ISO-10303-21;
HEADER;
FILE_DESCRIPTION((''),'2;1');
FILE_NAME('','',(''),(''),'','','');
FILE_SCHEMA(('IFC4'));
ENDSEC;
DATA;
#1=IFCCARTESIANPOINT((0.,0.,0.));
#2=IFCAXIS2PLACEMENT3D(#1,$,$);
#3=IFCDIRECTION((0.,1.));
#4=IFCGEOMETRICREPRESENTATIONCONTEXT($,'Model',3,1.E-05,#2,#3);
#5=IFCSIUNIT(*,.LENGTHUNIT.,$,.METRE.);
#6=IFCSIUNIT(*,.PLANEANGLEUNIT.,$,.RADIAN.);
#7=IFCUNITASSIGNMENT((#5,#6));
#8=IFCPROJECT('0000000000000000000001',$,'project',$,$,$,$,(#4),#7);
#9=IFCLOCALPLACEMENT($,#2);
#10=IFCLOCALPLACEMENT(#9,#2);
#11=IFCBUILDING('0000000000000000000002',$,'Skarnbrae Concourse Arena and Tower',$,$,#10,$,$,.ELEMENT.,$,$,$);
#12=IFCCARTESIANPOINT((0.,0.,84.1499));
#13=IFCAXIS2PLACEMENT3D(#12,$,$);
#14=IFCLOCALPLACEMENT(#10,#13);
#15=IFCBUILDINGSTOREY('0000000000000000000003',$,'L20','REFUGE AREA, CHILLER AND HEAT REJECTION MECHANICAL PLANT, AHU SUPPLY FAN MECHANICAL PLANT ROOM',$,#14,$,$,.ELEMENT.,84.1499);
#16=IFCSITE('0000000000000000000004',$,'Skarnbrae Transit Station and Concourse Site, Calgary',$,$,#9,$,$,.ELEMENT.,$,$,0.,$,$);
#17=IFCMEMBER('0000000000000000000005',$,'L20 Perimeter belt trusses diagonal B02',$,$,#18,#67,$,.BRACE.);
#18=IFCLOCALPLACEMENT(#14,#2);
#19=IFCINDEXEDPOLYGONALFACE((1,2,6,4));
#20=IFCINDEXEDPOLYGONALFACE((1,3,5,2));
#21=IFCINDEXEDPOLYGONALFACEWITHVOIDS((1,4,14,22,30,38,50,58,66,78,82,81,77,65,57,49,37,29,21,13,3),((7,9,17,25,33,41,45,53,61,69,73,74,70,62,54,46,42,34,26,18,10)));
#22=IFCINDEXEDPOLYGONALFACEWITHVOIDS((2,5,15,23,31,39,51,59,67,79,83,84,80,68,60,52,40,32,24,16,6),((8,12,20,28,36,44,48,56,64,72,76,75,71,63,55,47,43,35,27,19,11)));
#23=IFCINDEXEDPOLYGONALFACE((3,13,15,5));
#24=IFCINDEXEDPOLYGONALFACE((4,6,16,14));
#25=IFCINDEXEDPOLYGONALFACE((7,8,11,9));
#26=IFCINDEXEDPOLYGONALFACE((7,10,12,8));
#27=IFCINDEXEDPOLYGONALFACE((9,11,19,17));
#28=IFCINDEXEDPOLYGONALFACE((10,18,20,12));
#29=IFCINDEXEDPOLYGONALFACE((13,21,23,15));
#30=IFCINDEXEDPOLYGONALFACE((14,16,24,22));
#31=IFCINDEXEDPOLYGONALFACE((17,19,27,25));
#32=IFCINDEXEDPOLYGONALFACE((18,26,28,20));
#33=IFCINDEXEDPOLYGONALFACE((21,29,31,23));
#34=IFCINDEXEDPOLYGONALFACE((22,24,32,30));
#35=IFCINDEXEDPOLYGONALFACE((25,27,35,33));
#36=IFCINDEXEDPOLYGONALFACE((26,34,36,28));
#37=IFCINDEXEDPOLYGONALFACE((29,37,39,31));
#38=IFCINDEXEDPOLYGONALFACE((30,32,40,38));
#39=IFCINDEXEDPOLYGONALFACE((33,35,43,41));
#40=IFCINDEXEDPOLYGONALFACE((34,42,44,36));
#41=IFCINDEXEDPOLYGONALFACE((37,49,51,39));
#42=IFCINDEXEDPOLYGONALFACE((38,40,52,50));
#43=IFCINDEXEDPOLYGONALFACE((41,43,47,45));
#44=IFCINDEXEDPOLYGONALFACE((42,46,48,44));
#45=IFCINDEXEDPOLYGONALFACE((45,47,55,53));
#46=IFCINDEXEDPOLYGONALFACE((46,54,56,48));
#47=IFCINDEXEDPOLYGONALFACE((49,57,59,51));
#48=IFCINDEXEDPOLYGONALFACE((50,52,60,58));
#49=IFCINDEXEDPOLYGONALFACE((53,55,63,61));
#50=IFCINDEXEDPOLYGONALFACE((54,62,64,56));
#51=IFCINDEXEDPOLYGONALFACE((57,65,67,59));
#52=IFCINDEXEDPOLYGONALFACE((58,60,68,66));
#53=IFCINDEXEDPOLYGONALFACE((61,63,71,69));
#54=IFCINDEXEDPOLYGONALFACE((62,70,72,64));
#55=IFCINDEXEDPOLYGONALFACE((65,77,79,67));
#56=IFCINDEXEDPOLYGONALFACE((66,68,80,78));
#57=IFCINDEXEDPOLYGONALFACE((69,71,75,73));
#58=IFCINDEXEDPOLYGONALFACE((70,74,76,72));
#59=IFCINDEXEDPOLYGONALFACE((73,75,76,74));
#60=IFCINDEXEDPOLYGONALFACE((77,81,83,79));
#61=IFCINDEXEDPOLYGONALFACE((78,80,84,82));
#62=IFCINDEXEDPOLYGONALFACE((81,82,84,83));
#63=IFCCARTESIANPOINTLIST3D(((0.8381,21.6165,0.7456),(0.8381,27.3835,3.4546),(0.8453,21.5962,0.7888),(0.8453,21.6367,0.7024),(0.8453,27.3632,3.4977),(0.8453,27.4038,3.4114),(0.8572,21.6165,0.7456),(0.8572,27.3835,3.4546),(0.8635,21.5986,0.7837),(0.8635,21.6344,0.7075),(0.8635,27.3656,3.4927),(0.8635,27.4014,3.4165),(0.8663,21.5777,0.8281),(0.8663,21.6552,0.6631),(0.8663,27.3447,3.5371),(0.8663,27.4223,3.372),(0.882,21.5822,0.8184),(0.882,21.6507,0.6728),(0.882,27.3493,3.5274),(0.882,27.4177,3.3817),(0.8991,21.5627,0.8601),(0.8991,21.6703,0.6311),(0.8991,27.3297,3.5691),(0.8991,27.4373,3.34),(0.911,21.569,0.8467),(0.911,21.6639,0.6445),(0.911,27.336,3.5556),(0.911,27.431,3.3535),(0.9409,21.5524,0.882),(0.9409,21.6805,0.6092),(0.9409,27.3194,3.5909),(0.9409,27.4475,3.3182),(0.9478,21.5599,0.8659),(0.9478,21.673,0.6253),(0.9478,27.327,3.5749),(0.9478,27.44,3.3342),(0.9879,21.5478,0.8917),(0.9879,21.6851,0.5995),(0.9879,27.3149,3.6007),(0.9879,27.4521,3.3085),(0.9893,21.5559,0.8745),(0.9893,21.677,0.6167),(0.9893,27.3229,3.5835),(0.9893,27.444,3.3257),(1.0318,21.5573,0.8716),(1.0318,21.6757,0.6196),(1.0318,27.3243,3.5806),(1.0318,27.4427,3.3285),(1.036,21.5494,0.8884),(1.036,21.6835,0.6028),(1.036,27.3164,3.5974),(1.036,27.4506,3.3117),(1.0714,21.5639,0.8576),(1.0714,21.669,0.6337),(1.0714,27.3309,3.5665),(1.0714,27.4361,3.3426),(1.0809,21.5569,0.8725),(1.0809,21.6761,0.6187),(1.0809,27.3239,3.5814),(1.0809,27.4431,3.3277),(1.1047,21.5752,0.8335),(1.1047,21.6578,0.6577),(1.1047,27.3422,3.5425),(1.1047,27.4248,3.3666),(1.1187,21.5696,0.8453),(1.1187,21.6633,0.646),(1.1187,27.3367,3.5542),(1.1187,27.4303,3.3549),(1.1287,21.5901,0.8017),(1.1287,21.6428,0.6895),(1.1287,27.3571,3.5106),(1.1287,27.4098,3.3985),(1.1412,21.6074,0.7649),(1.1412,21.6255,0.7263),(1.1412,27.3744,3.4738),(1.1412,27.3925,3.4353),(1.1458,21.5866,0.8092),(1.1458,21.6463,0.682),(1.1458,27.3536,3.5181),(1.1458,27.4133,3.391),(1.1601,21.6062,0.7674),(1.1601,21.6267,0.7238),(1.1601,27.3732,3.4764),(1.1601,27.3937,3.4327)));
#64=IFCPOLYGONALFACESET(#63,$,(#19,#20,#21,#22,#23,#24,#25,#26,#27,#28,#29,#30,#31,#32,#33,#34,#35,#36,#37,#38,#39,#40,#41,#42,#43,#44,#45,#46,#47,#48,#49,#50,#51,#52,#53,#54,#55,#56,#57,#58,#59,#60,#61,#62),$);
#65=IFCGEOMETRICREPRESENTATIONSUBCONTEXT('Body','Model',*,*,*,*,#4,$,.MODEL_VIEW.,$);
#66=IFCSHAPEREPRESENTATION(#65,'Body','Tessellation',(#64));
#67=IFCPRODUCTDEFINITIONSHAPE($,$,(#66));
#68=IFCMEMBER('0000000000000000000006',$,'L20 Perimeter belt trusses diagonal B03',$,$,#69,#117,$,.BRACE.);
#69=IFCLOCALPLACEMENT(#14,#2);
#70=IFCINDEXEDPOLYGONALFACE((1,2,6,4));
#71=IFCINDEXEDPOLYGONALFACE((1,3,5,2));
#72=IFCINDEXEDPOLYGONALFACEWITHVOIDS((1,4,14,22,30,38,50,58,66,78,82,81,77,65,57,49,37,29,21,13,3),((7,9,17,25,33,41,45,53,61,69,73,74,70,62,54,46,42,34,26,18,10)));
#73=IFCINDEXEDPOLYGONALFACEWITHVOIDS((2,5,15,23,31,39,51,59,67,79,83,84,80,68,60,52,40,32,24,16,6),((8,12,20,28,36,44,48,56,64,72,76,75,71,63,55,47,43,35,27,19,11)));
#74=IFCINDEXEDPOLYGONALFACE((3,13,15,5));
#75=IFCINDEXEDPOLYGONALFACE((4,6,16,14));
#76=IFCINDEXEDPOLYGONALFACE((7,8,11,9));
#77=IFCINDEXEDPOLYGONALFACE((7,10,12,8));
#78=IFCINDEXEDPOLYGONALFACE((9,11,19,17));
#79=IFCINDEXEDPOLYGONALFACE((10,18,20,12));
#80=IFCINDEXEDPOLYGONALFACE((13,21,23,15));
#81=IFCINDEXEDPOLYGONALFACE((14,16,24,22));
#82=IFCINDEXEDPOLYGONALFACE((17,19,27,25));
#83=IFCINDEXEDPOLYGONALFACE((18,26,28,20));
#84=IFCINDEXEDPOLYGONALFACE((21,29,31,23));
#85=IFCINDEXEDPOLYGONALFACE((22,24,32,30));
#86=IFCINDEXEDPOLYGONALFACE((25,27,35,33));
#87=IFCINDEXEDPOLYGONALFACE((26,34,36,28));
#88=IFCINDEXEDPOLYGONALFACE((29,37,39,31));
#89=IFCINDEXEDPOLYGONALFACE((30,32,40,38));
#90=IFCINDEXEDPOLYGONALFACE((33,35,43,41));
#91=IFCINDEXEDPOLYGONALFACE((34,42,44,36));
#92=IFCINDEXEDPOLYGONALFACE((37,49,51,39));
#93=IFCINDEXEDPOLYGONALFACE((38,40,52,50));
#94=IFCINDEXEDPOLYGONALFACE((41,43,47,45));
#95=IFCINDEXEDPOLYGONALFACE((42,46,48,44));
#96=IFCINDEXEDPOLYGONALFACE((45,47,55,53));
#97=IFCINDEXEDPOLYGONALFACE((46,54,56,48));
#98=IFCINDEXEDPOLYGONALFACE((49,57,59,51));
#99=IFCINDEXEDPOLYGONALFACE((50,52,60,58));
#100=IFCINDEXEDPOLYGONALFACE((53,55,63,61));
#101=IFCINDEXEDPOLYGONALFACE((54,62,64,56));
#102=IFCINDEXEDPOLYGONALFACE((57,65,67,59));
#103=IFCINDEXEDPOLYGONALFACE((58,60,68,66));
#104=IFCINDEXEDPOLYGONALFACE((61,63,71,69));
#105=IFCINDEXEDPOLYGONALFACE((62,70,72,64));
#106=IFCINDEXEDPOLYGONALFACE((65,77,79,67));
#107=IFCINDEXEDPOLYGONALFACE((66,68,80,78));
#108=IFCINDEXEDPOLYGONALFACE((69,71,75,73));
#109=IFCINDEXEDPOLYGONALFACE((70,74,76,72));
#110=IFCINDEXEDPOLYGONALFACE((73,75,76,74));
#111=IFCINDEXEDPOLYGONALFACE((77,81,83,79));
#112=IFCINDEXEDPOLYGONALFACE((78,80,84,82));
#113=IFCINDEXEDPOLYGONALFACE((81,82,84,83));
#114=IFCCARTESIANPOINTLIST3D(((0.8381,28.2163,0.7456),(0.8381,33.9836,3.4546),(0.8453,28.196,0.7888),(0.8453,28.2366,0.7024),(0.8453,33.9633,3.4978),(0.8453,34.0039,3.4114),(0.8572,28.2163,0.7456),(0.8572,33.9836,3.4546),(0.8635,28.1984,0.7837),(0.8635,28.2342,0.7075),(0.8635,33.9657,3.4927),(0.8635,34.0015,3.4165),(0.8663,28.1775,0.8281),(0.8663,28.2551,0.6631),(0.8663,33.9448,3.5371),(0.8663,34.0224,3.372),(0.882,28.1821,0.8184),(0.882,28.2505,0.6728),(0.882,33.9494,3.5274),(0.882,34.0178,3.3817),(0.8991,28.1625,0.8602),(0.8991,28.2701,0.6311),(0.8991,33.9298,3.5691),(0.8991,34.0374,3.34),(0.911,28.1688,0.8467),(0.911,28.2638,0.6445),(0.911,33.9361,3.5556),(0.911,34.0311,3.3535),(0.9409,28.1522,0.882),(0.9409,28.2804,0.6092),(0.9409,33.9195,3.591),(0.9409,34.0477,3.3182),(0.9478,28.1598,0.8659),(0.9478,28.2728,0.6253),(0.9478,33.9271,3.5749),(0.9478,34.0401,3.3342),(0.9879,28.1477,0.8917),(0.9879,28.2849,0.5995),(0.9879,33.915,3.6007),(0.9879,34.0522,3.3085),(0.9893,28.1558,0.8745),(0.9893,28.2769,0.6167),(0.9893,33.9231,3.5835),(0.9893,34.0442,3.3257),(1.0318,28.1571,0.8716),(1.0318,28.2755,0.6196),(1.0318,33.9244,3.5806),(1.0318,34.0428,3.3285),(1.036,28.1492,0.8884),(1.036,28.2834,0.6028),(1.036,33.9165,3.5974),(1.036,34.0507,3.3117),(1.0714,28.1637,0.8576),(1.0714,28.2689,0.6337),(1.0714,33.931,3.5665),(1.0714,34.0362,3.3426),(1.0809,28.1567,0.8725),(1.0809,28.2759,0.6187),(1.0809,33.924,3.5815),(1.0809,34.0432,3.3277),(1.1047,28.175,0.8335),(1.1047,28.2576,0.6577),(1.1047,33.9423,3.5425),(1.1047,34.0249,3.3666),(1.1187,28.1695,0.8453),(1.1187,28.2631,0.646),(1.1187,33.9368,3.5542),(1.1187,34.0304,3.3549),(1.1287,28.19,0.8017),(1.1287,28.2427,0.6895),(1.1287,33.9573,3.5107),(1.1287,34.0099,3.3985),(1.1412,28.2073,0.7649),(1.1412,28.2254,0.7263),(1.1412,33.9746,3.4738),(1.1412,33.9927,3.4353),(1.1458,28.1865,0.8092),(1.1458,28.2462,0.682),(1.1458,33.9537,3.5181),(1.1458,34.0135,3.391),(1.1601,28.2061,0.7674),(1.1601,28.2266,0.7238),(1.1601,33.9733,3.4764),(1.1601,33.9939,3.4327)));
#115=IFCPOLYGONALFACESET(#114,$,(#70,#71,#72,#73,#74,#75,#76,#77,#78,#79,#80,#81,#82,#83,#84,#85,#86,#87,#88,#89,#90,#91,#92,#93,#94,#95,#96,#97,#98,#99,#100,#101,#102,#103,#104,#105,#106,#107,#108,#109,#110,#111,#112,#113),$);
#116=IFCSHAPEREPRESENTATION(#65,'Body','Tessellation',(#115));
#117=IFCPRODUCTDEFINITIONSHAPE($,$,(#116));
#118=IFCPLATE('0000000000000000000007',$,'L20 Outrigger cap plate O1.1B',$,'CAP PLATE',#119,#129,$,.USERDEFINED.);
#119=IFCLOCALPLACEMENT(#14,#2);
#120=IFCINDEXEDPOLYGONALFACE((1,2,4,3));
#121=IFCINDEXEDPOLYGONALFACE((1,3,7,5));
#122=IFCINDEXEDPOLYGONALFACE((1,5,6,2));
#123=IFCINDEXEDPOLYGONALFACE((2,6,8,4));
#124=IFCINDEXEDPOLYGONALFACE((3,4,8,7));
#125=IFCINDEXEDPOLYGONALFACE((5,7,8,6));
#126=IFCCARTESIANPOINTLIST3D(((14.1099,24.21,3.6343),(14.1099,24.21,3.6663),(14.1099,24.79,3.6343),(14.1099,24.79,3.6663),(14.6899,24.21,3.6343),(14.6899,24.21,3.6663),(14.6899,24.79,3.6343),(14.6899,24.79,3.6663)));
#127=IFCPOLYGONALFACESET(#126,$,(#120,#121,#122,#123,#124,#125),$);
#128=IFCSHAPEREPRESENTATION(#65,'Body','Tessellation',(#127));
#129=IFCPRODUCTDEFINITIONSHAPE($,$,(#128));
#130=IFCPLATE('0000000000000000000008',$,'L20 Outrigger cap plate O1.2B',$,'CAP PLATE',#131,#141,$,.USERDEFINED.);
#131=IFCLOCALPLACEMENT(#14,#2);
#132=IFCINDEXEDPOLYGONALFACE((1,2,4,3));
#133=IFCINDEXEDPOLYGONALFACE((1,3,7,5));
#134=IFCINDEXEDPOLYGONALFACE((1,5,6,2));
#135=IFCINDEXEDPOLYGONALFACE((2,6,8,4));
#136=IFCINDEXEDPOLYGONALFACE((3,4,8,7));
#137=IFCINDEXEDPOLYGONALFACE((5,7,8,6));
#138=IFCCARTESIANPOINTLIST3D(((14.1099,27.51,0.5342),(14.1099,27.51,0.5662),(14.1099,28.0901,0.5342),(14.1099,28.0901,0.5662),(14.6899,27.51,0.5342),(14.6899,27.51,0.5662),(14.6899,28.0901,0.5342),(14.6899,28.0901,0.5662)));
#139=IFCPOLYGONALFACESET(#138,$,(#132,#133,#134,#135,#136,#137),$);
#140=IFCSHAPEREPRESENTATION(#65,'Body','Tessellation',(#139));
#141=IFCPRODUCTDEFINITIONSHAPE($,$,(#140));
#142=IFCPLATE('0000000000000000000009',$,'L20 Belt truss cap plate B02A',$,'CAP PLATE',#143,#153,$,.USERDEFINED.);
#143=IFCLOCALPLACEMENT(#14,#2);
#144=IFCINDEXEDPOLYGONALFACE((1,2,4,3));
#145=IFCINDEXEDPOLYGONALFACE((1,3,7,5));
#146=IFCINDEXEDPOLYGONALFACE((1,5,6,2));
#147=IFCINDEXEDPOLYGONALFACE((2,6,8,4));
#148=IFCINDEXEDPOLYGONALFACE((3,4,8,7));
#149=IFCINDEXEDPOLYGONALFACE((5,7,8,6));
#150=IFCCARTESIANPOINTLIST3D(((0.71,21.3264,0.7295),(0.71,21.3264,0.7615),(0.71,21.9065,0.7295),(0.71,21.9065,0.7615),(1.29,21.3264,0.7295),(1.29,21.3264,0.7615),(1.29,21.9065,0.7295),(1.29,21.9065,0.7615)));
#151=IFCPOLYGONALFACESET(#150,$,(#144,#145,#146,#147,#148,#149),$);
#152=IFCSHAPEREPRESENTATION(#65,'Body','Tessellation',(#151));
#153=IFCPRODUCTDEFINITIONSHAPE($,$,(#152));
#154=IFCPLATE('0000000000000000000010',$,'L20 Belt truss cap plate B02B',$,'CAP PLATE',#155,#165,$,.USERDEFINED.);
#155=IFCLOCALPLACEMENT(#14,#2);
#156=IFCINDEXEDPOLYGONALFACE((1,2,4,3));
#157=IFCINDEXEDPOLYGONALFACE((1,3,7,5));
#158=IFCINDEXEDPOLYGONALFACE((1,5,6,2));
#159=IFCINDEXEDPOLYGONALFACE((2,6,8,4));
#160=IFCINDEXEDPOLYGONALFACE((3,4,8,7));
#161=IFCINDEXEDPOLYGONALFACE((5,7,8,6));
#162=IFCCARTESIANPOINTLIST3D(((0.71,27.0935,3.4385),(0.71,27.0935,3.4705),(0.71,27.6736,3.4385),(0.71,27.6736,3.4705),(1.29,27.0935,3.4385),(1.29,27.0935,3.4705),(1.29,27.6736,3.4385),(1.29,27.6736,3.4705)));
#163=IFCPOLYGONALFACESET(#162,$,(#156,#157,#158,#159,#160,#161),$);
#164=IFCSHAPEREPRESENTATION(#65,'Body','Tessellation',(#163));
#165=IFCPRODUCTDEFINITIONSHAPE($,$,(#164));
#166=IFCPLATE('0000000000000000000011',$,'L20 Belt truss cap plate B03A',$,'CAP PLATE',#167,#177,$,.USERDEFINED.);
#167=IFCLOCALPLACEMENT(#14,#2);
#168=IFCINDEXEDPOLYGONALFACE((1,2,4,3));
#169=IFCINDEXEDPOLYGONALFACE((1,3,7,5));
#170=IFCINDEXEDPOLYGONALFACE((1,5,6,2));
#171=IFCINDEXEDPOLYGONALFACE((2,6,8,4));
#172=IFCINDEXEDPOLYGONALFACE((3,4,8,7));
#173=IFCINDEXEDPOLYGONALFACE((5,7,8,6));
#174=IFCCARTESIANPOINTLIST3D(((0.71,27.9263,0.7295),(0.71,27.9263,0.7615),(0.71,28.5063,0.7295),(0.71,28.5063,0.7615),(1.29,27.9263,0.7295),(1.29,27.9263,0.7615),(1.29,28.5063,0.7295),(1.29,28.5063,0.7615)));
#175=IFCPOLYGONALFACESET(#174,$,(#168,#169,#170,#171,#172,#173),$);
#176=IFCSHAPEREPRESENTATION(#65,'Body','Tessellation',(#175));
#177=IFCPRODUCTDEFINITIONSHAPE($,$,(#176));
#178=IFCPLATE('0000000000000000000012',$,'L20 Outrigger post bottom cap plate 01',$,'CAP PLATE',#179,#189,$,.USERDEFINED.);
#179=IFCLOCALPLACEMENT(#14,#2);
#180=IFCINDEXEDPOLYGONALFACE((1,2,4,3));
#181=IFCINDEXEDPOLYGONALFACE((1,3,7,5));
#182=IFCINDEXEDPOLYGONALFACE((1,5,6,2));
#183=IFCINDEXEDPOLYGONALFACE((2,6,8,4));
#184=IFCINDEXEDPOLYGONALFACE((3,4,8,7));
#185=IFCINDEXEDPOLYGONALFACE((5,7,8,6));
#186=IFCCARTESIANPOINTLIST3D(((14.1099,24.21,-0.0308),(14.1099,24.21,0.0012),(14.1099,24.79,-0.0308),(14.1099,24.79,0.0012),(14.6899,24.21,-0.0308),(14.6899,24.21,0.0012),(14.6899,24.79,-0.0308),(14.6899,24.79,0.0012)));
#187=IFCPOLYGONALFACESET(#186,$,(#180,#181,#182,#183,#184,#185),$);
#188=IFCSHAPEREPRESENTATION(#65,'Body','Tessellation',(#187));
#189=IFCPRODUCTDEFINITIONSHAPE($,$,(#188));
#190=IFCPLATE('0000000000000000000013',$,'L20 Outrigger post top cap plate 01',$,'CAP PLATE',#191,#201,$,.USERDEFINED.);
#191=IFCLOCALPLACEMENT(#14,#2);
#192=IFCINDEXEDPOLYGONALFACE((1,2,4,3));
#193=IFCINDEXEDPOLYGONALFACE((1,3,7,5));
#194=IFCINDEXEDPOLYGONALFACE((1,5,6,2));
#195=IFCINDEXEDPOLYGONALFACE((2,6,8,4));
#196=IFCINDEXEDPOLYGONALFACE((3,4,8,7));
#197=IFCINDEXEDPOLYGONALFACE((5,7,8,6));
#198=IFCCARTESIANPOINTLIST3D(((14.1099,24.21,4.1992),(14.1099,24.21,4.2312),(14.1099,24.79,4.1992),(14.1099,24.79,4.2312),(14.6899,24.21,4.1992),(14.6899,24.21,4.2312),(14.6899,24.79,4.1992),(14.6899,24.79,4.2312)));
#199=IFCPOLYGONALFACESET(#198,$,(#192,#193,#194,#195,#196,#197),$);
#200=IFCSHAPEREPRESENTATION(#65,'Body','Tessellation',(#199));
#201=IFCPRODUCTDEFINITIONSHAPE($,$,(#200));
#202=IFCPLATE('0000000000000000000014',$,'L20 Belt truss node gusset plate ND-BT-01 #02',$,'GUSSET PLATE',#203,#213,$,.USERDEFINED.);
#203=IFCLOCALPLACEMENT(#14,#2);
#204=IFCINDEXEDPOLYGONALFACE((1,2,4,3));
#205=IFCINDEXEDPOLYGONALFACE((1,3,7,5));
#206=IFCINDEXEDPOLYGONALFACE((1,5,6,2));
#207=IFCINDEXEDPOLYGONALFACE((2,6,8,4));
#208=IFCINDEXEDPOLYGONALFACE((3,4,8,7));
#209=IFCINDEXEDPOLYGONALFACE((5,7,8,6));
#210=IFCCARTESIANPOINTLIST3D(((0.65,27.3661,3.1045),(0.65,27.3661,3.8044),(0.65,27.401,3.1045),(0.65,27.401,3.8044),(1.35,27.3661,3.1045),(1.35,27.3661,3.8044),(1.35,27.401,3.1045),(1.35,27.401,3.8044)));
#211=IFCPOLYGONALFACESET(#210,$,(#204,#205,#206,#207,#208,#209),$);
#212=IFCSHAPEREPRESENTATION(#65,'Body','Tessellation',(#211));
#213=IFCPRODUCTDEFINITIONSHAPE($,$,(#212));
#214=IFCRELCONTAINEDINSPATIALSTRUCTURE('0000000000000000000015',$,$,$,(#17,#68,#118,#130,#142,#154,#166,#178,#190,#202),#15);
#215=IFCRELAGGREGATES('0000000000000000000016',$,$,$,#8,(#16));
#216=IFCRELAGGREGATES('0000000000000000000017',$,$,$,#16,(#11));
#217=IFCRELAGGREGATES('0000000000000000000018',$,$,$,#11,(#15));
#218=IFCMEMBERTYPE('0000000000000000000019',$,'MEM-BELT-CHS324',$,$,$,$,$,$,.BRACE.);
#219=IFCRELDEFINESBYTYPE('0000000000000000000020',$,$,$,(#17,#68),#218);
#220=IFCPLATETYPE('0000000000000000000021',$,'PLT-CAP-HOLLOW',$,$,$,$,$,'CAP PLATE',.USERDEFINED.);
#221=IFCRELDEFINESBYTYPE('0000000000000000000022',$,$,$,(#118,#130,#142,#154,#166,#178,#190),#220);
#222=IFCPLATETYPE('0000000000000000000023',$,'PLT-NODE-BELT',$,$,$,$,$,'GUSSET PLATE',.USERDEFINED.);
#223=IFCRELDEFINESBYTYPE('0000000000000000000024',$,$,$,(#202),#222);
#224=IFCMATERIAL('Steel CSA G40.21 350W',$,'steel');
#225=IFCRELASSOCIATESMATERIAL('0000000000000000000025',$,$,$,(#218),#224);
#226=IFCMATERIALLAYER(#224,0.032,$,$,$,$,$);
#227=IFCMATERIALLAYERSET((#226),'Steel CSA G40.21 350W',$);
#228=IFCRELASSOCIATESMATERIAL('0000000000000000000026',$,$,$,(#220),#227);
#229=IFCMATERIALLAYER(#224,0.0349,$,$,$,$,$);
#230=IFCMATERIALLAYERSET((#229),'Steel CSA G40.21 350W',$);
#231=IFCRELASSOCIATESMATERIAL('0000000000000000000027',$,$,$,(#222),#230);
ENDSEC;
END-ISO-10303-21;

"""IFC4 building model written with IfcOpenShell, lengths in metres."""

from ifc_helpers import new_model, si_unit, direction, frame, origin, origin_2d, place, context, subcontext, project, spatial, rectangle, hollow_circle, extrude, source, transform, mapped, material, layer, layer_set, material_profile, profile_set, type_object, element, save


model = new_model("IFC4")

# Units and contexts
model_context = context("Model", 3, precision=1e-05, world=origin(), true_north=direction((0.0, 1.0)))
body_context = subcontext(model_context, "Body", "Model", "MODEL_VIEW")
ifc_project = project(units=[si_unit("LENGTHUNIT", "METRE"), si_unit("PLANEANGLEUNIT", "RADIAN")], contexts=[model_context])

# Site, building, storey
site_placement = place(None, origin())
site = spatial("IfcSite", under=ifc_project, at=site_placement, Name="Skarnbrae Transit Station and Concourse Site, Calgary", CompositionType="ELEMENT", RefElevation=0.0)
building_placement = place(site_placement, origin())
building = spatial("IfcBuilding", under=site, at=building_placement, Name="Skarnbrae Concourse Arena and Tower", CompositionType="ELEMENT")
storey_placement = place(building_placement, frame((0.0, 0.0, 84.1499)))
storey = spatial("IfcBuildingStorey", under=building, at=storey_placement, Name="L20", Description="REFUGE AREA, CHILLER AND HEAT REJECTION MECHANICAL PLANT, AHU SUPPLY FAN MECHANICAL PLANT ROOM", CompositionType="ELEMENT", Elevation=84.1499)

# Shared definitions
ifc_material = material(Name="Steel CSA G40.21 350W", Category="steel")

# Members
ifc_material_profile_1 = material_profile(ifc_material, hollow_circle(Radius=0.1619, WallThickness=0.019, at=origin_2d()), Name="HSS324X19.0")
ifc_profile_set_1 = profile_set([ifc_material_profile_1], Name="Steel CSA G40.21 350W")
member_type_1 = type_object("IfcMemberType", Name="MEM-BELT-CHS324", PredefinedType="BRACE", material=ifc_profile_set_1)
shared_shape_1 = source(origin(), body_context, "Body", "SweptSolid", [
    extrude(hollow_circle(Radius=0.1619, WallThickness=0.019, at=origin_2d()), origin(), (0.0, 0.0, 1.0), 6.3716),
])
member_1_placement = place(storey_placement, frame((1.0, 21.6165, 0.7456), z_axis=(0.0, 0.905117, 0.425162), x_axis=(-1.0, 0.0, 0.0)))
element("IfcMember", 1, at=member_1_placement, inside=storey, type_object=member_type_1, Name="L20 Perimeter belt trusses diagonal B02", PredefinedType="BRACE", context=body_context, shape_type="MappedRepresentation", body=[
    mapped(shared_shape_1, transform((0.0, 0.0, 0.0))),
])
shared_shape_2 = source(origin(), body_context, "Body", "SweptSolid", [
    extrude(hollow_circle(Radius=0.1619, WallThickness=0.019, at=origin_2d()), origin(), (0.0, 0.0, 1.0), 6.3718),
])
member_2_placement = place(storey_placement, frame((1.0, 28.2163, 0.7456), z_axis=(0.0, 0.905124, 0.425147), x_axis=(-1.0, 0.0, 0.0)))
element("IfcMember", 2, at=member_2_placement, inside=storey, type_object=member_type_1, Name="L20 Perimeter belt trusses diagonal B03", PredefinedType="BRACE", context=body_context, shape_type="MappedRepresentation", body=[
    mapped(shared_shape_2, transform((0.0, 0.0, 0.0))),
])

# Plates
ifc_layer_1 = layer(ifc_material, 0.032)
ifc_layer_set_1 = layer_set([ifc_layer_1], Name="Steel CSA G40.21 350W")
plate_type_1 = type_object("IfcPlateType", Name="PLT-CAP-HOLLOW", ElementType="CAP PLATE", PredefinedType="USERDEFINED", material=ifc_layer_set_1)
shared_shape_3 = source(origin(), body_context, "Body", "SweptSolid", [
    extrude(rectangle(XDim=0.5801, YDim=0.5801, at=origin_2d()), origin(), (0.0, 0.0, 1.0), 0.032),
])
for number, where, z_axis, x_axis, name in (
    (3, (14.3999, 24.5, 3.6343), (0.0, 0.0, 1.0), (1.0, 0.0, 0.0), "L20 Outrigger cap plate O1.1B"),
    (4, (14.3999, 27.8, 0.5342), (0.0, 0.0, 1.0), (1.0, 0.0, 0.0), "L20 Outrigger cap plate O1.2B"),
    (5, (1.0, 21.6165, 0.7295), (0.0, 0.0, 1.0), (1.0, 0.0, 0.0), "L20 Belt truss cap plate B02A"),
    (6, (1.0, 27.3835, 3.4385), (0.0, 0.0, 1.0), (1.0, 0.0, 0.0), "L20 Belt truss cap plate B02B"),
    (7, (1.0, 28.2163, 0.7295), (0.0, 0.0, 1.0), (1.0, 0.0, 0.0), "L20 Belt truss cap plate B03A"),
    (8, (14.3999, 24.5, -0.0308), (0.0, 0.0, 1.0), (1.0, 0.0, 0.0), "L20 Outrigger post bottom cap plate 01"),
    (9, (14.3999, 24.5, 4.1992), (0.0, 0.0, 1.0), (1.0, 0.0, 0.0), "L20 Outrigger post top cap plate 01"),
):
    element("IfcPlate", number, at=place(storey_placement, frame(where, z_axis=z_axis, x_axis=x_axis)), inside=storey, type_object=plate_type_1, Name=name, ObjectType="CAP PLATE", PredefinedType="USERDEFINED", context=body_context, shape_type="MappedRepresentation", body=[
        mapped(shared_shape_3, transform((0.0, 0.0, 0.0))),
    ])
ifc_layer_2 = layer(ifc_material, 0.0349)
ifc_layer_set_2 = layer_set([ifc_layer_2], Name="Steel CSA G40.21 350W")
plate_type_2 = type_object("IfcPlateType", Name="PLT-NODE-BELT", ElementType="GUSSET PLATE", PredefinedType="USERDEFINED", material=ifc_layer_set_2)
shared_shape_4 = source(origin(), body_context, "Body", "SweptSolid", [
    extrude(rectangle(XDim=0.7, YDim=0.0349, at=origin_2d()), origin(), (0.0, 0.0, 1.0), 0.7),
])
plate_1_placement = place(storey_placement, frame((1.0, 27.3835, 3.1045), z_axis=(0.0, 0.0, 1.0), x_axis=(1.0, 0.0, 0.0)))
element("IfcPlate", 10, at=plate_1_placement, inside=storey, type_object=plate_type_2, Name="L20 Belt truss node gusset plate ND-BT-01 #02", ObjectType="GUSSET PLATE", PredefinedType="USERDEFINED", context=body_context, shape_type="MappedRepresentation", body=[
    mapped(shared_shape_4, transform((0.0, 0.0, 0.0))),
])

save(model, "model.ifc")
